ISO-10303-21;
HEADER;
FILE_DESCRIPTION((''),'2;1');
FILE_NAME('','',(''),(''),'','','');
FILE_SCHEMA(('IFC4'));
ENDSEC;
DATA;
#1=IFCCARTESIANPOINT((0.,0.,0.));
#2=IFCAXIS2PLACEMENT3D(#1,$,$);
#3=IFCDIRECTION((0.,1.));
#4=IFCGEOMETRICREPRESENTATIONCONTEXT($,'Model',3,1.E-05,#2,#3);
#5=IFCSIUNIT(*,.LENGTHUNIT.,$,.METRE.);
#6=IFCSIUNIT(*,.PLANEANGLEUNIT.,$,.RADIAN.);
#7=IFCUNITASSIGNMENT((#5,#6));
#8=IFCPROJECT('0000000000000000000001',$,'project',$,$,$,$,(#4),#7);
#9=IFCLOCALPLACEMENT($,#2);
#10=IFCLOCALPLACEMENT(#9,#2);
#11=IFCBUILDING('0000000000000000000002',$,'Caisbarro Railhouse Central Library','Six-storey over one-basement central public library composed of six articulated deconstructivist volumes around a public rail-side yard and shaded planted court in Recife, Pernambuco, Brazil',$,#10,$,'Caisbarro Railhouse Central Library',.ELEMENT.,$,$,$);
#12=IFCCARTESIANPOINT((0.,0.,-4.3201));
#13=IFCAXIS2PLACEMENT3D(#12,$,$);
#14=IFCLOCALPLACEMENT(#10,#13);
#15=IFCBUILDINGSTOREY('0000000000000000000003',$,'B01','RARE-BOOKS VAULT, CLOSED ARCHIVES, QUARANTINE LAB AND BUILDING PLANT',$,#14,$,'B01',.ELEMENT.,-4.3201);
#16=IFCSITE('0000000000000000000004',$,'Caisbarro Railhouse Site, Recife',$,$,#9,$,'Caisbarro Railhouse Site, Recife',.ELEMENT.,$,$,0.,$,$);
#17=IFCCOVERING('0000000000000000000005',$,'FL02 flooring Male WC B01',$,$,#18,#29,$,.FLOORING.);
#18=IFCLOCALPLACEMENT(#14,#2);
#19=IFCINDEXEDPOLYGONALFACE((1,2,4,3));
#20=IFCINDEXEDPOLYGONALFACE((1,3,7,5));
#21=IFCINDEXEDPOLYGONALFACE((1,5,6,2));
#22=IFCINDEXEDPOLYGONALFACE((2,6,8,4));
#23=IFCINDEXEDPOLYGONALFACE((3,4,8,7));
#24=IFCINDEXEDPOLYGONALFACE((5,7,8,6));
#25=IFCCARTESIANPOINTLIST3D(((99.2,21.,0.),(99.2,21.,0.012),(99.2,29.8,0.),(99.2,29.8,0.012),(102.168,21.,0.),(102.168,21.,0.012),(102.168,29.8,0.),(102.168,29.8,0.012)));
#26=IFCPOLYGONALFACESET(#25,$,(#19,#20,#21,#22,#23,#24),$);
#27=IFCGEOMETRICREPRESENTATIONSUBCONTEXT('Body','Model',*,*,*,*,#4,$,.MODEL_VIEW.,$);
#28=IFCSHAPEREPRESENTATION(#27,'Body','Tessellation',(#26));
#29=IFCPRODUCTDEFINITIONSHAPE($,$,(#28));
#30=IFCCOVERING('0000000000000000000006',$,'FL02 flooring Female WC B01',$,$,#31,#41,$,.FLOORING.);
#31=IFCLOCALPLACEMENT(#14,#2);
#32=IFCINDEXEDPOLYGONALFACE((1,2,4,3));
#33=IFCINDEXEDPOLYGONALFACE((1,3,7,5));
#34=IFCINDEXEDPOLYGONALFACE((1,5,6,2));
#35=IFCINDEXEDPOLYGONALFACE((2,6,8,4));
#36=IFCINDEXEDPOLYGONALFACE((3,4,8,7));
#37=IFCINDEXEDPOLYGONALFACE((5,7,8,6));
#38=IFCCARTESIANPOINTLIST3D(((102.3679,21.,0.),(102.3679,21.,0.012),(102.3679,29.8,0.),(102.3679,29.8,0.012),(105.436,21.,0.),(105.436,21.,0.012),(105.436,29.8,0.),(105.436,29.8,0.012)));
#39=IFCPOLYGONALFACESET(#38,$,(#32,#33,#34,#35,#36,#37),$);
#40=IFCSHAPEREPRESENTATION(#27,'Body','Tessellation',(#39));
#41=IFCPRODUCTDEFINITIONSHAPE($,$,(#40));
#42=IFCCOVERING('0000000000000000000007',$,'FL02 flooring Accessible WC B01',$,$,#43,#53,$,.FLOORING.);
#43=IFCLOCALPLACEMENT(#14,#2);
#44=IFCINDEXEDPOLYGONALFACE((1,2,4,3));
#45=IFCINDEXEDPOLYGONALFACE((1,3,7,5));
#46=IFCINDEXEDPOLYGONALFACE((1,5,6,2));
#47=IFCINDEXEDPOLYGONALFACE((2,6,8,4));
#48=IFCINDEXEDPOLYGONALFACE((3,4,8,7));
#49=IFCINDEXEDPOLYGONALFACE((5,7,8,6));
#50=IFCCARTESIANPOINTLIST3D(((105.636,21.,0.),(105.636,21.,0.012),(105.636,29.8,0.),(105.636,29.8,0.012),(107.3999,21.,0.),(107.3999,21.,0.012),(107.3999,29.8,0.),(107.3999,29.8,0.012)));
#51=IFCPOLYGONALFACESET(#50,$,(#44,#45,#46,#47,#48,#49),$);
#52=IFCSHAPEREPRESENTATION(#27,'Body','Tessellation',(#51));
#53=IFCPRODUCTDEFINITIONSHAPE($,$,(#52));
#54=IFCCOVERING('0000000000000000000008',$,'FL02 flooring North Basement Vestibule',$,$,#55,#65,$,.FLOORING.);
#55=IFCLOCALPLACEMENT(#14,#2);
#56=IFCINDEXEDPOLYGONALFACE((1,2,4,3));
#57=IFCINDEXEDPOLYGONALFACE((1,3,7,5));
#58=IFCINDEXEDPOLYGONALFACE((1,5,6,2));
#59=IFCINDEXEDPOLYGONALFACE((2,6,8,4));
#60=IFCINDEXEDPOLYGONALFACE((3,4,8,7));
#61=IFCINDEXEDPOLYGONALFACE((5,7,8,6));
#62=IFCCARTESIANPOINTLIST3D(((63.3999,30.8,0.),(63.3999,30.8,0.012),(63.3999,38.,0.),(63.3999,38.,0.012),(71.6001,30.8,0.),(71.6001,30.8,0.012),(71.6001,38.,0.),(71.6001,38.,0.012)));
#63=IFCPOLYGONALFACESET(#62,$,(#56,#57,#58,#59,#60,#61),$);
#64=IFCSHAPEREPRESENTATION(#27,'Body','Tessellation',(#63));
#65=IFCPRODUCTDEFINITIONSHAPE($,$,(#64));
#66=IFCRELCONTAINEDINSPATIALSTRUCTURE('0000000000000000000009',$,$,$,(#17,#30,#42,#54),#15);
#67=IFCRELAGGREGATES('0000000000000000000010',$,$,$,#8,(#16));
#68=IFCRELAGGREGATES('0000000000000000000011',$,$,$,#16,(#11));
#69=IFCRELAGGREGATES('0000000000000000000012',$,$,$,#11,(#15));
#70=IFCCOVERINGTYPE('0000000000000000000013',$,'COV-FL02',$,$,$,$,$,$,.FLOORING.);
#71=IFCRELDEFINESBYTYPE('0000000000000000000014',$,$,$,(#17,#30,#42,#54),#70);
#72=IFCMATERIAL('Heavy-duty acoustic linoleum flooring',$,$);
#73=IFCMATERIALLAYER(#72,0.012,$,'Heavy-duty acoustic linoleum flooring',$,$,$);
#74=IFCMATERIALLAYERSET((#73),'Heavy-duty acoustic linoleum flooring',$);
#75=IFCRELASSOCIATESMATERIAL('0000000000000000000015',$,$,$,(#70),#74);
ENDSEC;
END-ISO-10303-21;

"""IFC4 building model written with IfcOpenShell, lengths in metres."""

from ifc_helpers import new_model, si_unit, direction, frame, origin, place, context, subcontext, project, spatial, polyline, outline, extrude, material, layer, layer_set, type_object, element, save


model = new_model("IFC4")

# Units and contexts
model_context = context("Model", 3, precision=1e-05, world=origin(), true_north=direction((0.0, 1.0)))
body_context = subcontext(model_context, "Body", "Model", "MODEL_VIEW")
ifc_project = project(units=[si_unit("LENGTHUNIT", "METRE"), si_unit("PLANEANGLEUNIT", "RADIAN")], contexts=[model_context])

# Site, building, storey
site_placement = place(None, origin())
site = spatial("IfcSite", under=ifc_project, at=site_placement, Name="Caisbarro Railhouse Site, Recife", LongName="Caisbarro Railhouse Site, Recife", CompositionType="ELEMENT", RefElevation=0.0)
building_placement = place(site_placement, origin())
building = spatial("IfcBuilding", under=site, at=building_placement, Name="Caisbarro Railhouse Central Library", Description="Six-storey over one-basement central public library composed of six articulated deconstructivist volumes around a public rail-side yard and shaded planted court in Recife, Pernambuco, Brazil", LongName="Caisbarro Railhouse Central Library", CompositionType="ELEMENT")
storey_placement = place(building_placement, frame((0.0, 0.0, -4.3201)))
storey = spatial("IfcBuildingStorey", under=building, at=storey_placement, Name="B01", Description="RARE-BOOKS VAULT, CLOSED ARCHIVES, QUARANTINE LAB AND BUILDING PLANT", LongName="B01", CompositionType="ELEMENT", Elevation=-4.3201)

# Coverings
ifc_material_1 = material(Name="Heavy-duty acoustic linoleum flooring")
ifc_layer_1 = layer(ifc_material_1, 0.012, Name="Heavy-duty acoustic linoleum flooring")
ifc_layer_set_1 = layer_set([ifc_layer_1], Name="Heavy-duty acoustic linoleum flooring")
covering_type_1 = type_object("IfcCoveringType", Name="COV-FL02", PredefinedType="FLOORING", material=ifc_layer_set_1)
covering_1_placement = place(storey_placement, origin())
element("IfcCovering", 1, at=covering_1_placement, inside=storey, type_object=covering_type_1, Name="FL02 flooring Male WC B01", PredefinedType="FLOORING", context=body_context, shape_type="SweptSolid", body=[
    extrude(outline(polyline([(99.2, 21.0), (102.168, 21.0), (102.168, 29.8), (99.2, 29.8), (99.2, 21.0)])), origin(), (0.0, 0.0, 1.0), 0.012),
])
covering_2_placement = place(storey_placement, origin())
element("IfcCovering", 2, at=covering_2_placement, inside=storey, type_object=covering_type_1, Name="FL02 flooring Female WC B01", PredefinedType="FLOORING", context=body_context, shape_type="SweptSolid", body=[
    extrude(outline(polyline([(102.3679, 21.0), (105.436, 21.0), (105.436, 29.8), (102.3679, 29.8), (102.3679, 21.0)])), origin(), (0.0, 0.0, 1.0), 0.012),
])
covering_3_placement = place(storey_placement, origin())
element("IfcCovering", 3, at=covering_3_placement, inside=storey, type_object=covering_type_1, Name="FL02 flooring Accessible WC B01", PredefinedType="FLOORING", context=body_context, shape_type="SweptSolid", body=[
    extrude(outline(polyline([(105.636, 21.0), (107.3999, 21.0), (107.3999, 29.8), (105.636, 29.8), (105.636, 21.0)])), origin(), (0.0, 0.0, 1.0), 0.012),
])
covering_4_placement = place(storey_placement, origin())
element("IfcCovering", 4, at=covering_4_placement, inside=storey, type_object=covering_type_1, Name="FL02 flooring North Basement Vestibule", PredefinedType="FLOORING", context=body_context, shape_type="SweptSolid", body=[
    extrude(outline(polyline([(63.3999, 30.8), (71.6001, 30.8), (71.6001, 38.0), (63.3999, 38.0), (63.3999, 30.8)])), origin(), (0.0, 0.0, 1.0), 0.012),
])

save(model, "model.ifc")
